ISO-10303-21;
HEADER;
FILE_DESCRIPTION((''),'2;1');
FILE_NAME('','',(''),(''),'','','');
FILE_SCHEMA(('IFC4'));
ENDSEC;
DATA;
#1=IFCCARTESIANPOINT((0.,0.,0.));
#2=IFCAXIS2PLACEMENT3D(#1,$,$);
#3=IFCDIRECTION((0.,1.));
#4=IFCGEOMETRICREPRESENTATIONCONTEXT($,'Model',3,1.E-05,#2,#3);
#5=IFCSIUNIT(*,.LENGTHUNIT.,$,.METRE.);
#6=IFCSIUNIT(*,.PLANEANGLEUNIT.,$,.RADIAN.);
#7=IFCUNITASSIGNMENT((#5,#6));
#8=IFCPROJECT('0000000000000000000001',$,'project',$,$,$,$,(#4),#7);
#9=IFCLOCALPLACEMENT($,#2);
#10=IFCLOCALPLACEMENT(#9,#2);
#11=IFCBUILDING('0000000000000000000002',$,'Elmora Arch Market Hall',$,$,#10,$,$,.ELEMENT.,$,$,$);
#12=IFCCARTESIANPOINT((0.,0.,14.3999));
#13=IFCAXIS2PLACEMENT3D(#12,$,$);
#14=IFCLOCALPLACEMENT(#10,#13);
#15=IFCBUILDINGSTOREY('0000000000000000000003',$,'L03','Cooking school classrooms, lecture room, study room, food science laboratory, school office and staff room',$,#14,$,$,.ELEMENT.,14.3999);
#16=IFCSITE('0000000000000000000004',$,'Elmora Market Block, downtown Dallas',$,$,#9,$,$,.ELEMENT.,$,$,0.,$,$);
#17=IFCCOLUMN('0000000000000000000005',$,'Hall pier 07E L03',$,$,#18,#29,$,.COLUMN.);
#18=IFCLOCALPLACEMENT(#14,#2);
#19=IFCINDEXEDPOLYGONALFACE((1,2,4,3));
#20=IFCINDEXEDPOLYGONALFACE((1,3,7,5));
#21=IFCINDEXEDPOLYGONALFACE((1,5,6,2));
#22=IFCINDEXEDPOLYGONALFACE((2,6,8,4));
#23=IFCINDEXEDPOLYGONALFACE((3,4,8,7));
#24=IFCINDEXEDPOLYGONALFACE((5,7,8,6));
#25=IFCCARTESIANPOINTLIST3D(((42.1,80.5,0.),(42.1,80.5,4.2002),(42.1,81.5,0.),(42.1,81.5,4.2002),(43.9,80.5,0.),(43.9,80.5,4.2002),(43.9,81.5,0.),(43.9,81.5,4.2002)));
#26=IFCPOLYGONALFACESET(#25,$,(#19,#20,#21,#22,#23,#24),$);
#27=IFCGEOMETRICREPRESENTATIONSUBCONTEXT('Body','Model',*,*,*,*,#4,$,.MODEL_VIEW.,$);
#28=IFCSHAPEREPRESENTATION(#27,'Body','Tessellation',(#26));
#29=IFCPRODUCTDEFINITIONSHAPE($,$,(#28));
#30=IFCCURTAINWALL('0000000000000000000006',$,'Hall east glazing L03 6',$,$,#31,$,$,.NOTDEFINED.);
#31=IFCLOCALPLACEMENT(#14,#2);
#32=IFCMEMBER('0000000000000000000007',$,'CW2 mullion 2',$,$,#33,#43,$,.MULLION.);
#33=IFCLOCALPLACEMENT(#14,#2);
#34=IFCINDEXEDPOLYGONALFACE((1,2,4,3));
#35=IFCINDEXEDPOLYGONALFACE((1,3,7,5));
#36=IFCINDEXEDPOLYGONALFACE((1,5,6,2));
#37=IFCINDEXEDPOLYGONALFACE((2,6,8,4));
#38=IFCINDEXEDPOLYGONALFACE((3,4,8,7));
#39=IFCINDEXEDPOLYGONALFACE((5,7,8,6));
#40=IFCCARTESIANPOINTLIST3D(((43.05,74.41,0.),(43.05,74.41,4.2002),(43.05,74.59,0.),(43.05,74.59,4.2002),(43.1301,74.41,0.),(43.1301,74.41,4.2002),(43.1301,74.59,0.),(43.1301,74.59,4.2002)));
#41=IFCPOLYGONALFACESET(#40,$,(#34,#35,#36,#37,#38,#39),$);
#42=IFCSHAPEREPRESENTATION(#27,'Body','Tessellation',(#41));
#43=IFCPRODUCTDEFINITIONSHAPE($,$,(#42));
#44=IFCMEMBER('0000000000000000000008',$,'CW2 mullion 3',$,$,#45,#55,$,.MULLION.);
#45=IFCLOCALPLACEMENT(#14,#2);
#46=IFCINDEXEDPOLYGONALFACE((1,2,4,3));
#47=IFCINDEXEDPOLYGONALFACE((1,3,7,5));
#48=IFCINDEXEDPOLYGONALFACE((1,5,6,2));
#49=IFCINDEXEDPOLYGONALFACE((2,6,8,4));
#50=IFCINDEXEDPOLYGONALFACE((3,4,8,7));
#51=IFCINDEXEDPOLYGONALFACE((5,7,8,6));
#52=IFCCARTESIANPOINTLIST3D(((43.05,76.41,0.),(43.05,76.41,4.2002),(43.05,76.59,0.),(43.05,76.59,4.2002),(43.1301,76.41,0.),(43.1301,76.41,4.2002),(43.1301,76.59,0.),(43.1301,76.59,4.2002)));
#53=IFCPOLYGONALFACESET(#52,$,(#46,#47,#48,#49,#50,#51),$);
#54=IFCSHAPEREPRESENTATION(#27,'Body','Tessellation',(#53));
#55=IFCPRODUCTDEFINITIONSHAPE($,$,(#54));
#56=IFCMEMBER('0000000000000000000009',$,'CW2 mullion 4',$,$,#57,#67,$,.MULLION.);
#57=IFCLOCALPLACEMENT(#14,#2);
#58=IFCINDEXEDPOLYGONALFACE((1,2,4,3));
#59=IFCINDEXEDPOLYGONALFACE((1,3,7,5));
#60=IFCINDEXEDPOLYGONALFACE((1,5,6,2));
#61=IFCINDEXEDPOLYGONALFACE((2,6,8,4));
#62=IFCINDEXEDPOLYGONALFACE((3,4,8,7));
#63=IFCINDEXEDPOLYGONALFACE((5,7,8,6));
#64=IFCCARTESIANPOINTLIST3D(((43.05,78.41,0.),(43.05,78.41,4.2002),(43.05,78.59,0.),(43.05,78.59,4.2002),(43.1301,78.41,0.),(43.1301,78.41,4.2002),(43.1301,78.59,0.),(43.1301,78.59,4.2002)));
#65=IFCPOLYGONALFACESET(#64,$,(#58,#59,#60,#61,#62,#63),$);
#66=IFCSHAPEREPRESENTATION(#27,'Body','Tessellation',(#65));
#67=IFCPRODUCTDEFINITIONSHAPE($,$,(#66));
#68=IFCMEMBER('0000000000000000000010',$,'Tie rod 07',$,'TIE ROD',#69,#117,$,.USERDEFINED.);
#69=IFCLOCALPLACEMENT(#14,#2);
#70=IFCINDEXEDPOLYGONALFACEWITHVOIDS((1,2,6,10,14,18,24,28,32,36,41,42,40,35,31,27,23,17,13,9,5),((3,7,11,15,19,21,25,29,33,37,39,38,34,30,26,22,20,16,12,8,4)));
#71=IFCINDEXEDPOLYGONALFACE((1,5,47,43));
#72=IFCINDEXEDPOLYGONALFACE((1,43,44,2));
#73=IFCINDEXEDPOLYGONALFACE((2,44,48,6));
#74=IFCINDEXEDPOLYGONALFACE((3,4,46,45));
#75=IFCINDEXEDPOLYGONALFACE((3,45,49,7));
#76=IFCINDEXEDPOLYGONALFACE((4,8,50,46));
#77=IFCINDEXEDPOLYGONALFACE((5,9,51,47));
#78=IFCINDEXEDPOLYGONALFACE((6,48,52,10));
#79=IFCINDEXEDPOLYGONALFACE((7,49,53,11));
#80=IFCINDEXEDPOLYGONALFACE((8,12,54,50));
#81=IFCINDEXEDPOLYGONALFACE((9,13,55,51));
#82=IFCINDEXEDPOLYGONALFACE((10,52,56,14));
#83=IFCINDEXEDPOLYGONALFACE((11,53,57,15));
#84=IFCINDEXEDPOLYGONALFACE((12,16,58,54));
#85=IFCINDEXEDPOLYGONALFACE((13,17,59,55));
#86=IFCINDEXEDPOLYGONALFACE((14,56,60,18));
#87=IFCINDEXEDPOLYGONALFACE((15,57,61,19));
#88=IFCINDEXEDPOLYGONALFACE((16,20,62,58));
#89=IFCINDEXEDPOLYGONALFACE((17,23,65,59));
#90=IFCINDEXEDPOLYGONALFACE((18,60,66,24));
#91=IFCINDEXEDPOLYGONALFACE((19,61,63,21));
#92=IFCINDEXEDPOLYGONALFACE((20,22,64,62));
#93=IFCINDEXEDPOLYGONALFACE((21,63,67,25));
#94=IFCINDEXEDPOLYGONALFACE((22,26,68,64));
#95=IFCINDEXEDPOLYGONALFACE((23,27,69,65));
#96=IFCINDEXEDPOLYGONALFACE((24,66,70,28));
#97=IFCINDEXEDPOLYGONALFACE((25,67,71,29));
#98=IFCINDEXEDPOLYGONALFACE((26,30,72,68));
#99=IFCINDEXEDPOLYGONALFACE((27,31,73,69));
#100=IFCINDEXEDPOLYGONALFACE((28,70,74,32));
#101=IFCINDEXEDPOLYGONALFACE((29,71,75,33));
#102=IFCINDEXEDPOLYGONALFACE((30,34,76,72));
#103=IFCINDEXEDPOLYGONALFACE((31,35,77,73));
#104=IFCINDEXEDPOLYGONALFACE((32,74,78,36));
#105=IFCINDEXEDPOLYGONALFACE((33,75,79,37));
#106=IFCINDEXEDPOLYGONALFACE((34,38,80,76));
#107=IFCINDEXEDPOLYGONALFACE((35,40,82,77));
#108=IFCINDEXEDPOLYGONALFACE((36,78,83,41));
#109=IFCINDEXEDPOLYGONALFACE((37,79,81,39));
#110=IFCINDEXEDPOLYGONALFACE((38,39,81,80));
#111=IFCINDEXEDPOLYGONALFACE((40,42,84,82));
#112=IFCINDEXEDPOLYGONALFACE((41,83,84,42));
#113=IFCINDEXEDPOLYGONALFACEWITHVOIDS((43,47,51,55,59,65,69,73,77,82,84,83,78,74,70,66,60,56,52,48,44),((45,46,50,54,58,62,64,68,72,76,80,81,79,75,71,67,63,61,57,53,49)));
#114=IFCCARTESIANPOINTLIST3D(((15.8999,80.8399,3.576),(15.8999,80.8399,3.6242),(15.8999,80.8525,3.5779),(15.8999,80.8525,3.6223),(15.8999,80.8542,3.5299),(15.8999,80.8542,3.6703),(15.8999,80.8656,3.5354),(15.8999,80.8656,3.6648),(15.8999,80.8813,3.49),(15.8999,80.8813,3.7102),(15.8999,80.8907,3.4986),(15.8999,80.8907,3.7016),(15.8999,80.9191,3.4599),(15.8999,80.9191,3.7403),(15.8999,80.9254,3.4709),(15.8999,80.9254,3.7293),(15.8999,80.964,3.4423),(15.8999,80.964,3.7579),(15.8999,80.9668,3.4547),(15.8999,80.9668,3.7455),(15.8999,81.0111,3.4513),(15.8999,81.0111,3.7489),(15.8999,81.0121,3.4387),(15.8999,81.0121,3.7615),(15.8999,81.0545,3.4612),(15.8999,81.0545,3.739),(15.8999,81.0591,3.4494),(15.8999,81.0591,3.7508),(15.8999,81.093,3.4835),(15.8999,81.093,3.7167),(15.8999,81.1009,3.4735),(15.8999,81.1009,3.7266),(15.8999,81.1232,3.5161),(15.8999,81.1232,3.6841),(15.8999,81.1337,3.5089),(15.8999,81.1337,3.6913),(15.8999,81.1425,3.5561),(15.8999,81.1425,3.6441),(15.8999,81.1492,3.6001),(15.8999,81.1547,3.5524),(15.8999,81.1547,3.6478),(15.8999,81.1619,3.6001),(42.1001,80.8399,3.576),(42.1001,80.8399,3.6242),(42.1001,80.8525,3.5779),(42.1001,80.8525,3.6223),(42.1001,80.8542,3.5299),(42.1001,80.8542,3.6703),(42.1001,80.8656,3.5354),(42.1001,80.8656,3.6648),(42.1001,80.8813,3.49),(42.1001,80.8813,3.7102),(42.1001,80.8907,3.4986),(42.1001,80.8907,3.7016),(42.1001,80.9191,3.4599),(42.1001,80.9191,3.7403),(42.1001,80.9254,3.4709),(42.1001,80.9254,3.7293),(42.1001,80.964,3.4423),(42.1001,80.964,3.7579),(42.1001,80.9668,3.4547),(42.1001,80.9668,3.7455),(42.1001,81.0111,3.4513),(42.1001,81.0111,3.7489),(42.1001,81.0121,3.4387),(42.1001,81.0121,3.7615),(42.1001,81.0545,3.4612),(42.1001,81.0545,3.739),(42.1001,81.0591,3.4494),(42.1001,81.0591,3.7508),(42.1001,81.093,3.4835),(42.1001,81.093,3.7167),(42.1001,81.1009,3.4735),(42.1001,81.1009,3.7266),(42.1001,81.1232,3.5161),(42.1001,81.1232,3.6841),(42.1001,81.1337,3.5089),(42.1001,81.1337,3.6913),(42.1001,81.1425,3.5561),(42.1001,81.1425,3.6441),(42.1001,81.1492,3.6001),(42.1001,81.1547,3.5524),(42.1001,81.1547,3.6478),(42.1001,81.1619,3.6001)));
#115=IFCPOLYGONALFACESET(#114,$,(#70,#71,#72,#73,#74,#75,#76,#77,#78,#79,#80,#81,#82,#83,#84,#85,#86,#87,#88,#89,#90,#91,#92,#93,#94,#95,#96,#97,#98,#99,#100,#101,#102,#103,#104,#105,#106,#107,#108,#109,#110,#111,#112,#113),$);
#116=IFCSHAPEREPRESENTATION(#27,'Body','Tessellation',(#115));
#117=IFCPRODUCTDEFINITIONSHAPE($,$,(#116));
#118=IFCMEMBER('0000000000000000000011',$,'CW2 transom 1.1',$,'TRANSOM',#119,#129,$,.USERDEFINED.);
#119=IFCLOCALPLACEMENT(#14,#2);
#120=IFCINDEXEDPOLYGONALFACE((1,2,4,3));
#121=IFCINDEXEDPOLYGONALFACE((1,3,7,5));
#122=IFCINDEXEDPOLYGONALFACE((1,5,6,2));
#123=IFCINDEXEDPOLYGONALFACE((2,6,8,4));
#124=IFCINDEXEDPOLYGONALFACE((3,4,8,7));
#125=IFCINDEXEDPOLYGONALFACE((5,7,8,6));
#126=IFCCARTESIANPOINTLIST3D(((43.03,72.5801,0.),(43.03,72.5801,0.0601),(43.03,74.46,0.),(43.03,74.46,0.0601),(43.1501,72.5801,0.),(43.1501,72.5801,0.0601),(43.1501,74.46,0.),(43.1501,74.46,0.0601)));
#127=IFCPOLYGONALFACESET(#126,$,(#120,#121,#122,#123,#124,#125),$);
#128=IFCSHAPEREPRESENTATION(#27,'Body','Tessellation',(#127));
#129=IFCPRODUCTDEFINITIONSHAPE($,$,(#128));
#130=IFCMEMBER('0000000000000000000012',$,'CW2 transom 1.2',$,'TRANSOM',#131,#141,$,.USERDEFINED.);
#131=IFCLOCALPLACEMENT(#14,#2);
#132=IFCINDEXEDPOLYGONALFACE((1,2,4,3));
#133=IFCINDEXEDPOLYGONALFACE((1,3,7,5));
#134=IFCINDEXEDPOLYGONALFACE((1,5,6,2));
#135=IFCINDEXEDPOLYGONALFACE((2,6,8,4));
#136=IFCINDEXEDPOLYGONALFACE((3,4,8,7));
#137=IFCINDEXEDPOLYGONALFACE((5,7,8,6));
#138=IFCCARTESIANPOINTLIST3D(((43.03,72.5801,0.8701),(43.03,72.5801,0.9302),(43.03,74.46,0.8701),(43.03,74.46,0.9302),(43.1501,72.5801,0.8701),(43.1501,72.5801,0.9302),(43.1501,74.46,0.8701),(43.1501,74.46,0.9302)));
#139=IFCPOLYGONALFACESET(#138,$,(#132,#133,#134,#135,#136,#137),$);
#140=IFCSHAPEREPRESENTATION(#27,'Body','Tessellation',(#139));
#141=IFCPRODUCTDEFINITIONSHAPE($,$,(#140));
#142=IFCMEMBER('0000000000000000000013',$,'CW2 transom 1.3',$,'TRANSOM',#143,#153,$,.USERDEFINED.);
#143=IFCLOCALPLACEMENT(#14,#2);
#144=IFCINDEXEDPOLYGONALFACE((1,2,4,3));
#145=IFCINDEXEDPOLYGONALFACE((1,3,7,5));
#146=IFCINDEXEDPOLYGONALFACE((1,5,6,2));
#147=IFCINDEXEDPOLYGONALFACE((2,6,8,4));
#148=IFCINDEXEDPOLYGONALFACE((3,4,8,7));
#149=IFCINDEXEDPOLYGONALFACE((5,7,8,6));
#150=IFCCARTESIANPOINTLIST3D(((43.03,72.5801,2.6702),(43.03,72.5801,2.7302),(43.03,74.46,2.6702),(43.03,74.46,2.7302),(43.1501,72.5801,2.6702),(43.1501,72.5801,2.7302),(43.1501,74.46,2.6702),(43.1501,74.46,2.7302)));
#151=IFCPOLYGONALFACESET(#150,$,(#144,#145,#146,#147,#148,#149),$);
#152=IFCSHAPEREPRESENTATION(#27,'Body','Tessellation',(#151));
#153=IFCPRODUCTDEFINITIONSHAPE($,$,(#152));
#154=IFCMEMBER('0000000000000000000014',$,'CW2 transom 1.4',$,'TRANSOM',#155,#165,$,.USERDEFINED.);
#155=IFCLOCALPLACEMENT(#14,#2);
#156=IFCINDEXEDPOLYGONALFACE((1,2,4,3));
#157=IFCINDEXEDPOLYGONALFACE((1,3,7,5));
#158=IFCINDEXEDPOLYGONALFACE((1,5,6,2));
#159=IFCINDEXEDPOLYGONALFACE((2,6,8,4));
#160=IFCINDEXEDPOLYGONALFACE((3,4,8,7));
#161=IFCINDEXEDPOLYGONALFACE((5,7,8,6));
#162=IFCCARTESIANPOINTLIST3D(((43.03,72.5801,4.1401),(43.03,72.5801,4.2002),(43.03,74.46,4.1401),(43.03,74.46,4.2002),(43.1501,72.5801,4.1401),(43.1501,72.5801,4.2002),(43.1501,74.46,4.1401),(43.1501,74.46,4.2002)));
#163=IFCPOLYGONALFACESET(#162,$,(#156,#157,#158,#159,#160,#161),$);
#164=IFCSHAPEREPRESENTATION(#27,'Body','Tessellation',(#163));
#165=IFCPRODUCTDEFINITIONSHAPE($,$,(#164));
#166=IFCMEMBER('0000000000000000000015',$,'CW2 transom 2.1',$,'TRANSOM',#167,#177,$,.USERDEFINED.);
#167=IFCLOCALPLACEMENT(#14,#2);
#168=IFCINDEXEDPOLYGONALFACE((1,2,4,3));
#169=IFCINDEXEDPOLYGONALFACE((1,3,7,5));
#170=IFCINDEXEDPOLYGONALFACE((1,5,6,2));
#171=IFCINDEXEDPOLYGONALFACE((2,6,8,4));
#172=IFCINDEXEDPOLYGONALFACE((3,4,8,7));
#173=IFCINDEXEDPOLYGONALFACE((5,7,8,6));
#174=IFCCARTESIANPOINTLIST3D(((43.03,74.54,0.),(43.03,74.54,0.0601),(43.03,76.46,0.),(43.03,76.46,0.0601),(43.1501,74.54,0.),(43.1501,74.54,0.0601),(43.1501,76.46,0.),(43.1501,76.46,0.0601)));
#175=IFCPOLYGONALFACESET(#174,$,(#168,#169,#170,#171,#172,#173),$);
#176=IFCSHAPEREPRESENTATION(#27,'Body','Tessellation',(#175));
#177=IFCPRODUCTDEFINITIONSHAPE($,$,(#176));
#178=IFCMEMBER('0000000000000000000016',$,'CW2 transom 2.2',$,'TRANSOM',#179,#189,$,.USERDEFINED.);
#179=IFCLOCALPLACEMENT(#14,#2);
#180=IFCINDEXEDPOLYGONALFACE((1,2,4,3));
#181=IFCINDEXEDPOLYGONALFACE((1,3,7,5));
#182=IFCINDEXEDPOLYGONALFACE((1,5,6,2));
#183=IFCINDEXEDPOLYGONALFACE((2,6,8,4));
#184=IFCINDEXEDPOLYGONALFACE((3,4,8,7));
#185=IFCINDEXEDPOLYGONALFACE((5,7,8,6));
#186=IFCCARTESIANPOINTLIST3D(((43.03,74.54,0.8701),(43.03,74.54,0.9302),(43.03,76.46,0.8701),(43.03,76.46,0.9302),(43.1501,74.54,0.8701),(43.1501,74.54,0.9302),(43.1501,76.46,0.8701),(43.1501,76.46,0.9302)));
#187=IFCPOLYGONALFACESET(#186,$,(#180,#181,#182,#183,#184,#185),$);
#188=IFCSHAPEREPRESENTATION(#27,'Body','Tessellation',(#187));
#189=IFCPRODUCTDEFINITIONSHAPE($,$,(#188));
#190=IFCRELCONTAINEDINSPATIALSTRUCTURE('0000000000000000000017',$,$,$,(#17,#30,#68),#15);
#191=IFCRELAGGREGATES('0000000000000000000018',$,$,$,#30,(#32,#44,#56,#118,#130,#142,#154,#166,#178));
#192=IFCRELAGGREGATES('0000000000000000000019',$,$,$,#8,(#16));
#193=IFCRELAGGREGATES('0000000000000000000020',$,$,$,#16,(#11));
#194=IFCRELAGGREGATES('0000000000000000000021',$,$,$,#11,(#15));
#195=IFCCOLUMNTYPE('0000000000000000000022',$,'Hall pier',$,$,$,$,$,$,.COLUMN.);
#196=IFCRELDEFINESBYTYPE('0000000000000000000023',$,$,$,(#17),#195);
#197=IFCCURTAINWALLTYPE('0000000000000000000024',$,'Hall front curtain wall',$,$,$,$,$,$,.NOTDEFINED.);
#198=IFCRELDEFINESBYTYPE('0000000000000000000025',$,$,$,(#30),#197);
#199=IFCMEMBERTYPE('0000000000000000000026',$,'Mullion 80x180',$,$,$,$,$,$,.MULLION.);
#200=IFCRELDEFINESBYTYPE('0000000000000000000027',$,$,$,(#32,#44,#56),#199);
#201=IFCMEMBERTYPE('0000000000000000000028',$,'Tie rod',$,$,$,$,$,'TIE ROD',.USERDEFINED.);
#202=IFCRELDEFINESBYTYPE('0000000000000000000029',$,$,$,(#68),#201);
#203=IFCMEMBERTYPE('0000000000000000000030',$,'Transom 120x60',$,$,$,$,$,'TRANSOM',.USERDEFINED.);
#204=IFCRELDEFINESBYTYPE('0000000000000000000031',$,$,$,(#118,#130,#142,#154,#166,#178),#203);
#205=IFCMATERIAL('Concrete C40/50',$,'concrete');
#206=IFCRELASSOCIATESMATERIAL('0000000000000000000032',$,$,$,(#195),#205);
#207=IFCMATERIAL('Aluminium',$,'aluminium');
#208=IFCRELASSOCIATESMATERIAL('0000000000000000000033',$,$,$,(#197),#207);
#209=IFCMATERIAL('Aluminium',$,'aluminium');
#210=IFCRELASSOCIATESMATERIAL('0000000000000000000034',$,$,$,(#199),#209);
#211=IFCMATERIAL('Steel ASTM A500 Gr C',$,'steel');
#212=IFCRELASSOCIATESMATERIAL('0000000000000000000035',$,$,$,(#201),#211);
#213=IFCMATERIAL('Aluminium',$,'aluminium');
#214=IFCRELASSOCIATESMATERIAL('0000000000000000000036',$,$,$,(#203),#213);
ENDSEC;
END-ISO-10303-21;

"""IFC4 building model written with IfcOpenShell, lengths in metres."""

from ifc_helpers import new_model, si_unit, direction, frame, origin, origin_2d, place, context, subcontext, project, spatial, rectangle, hollow_circle, extrude, material, material_profile, profile_set, type_object, element, aggregate, save


model = new_model("IFC4")

# Units and contexts
model_context = context("Model", 3, precision=1e-05, world=origin(), true_north=direction((0.0, 1.0)))
body_context = subcontext(model_context, "Body", "Model", "MODEL_VIEW")
ifc_project = project(units=[si_unit("LENGTHUNIT", "METRE"), si_unit("PLANEANGLEUNIT", "RADIAN")], contexts=[model_context])

# Site, building, storey
site_placement = place(None, origin())
site = spatial("IfcSite", under=ifc_project, at=site_placement, Name="Elmora Market Block, downtown Dallas", CompositionType="ELEMENT", RefElevation=0.0)
building_placement = place(site_placement, origin())
building = spatial("IfcBuilding", under=site, at=building_placement, Name="Elmora Arch Market Hall", CompositionType="ELEMENT")
storey_placement = place(building_placement, frame((0.0, 0.0, 14.3999)))
storey = spatial("IfcBuildingStorey", under=building, at=storey_placement, Name="L03", Description="Cooking school classrooms, lecture room, study room, food science laboratory, school office and staff room", CompositionType="ELEMENT", Elevation=14.3999)

# Column
ifc_material_1 = material(Name="Concrete C40/50", Category="concrete")
ifc_material_profile_1 = material_profile(ifc_material_1, rectangle(XDim=1.8, YDim=1.0, at=origin_2d()), Name="Hall pier")
ifc_profile_set_1 = profile_set([ifc_material_profile_1], Name="Concrete C40/50")
column_type = type_object("IfcColumnType", Name="Hall pier", PredefinedType="COLUMN", material=ifc_profile_set_1)
column_placement = place(storey_placement, frame((43.0, 81.0, 0.0), z_axis=(0.0, 0.0, 1.0), x_axis=(1.0, 0.0, 0.0)))
element("IfcColumn", 1, at=column_placement, inside=storey, type_object=column_type, Name="Hall pier 07E L03", PredefinedType="COLUMN", context=body_context, shape_type="SweptSolid", body=[
    extrude(rectangle(XDim=1.8, YDim=1.0, at=origin_2d()), origin(), (0.0, 0.0, 1.0), 4.2002),
])

# Curtain wall, members
ifc_material_2 = material(Name="Aluminium", Category="aluminium")
curtain_wall_type = type_object("IfcCurtainWallType", Name="Hall front curtain wall", PredefinedType="NOTDEFINED", material=ifc_material_2)
curtain_wall_placement = place(storey_placement, origin())
curtain_wall = element("IfcCurtainWall", 2, at=curtain_wall_placement, inside=storey, type_object=curtain_wall_type, Name="Hall east glazing L03 6", PredefinedType="NOTDEFINED")
ifc_material_3 = material(Name="Aluminium", Category="aluminium")
ifc_material_profile_2 = material_profile(ifc_material_3, rectangle(XDim=0.0801, YDim=0.1799, at=origin_2d()), Name="AL 80x180")
ifc_profile_set_2 = profile_set([ifc_material_profile_2], Name="Aluminium")
member_type_1 = type_object("IfcMemberType", Name="Mullion 80x180", PredefinedType="MULLION", material=ifc_profile_set_2)
member_1_placement = place(storey_placement, frame((43.0901, 74.5, 0.0), z_axis=(0.0, 0.0, 1.0), x_axis=(-1.0, 0.0, 0.0)))
member_1 = element("IfcMember", 3, at=member_1_placement, type_object=member_type_1, Name="CW2 mullion 2", PredefinedType="MULLION", context=body_context, shape_type="SweptSolid", body=[
    extrude(rectangle(XDim=0.0801, YDim=0.1799, at=origin_2d()), origin(), (0.0, 0.0, 1.0), 4.2002),
])
member_2_placement = place(storey_placement, frame((43.0901, 76.5, 0.0), z_axis=(0.0, 0.0, 1.0), x_axis=(-1.0, 0.0, 0.0)))
member_2 = element("IfcMember", 4, at=member_2_placement, type_object=member_type_1, Name="CW2 mullion 3", PredefinedType="MULLION", context=body_context, shape_type="SweptSolid", body=[
    extrude(rectangle(XDim=0.0801, YDim=0.1799, at=origin_2d()), origin(), (0.0, 0.0, 1.0), 4.2002),
])
member_3_placement = place(storey_placement, frame((43.0901, 78.5, 0.0), z_axis=(0.0, 0.0, 1.0), x_axis=(-1.0, 0.0, 0.0)))
member_3 = element("IfcMember", 5, at=member_3_placement, type_object=member_type_1, Name="CW2 mullion 4", PredefinedType="MULLION", context=body_context, shape_type="SweptSolid", body=[
    extrude(rectangle(XDim=0.0801, YDim=0.1799, at=origin_2d()), origin(), (0.0, 0.0, 1.0), 4.2002),
])

# Members
ifc_material_4 = material(Name="Steel ASTM A500 Gr C", Category="steel")
ifc_material_profile_3 = material_profile(ifc_material_4, hollow_circle(Radius=0.1619, WallThickness=0.0127, at=origin_2d()), Name="Tie rod")
ifc_profile_set_3 = profile_set([ifc_material_profile_3], Name="Steel ASTM A500 Gr C")
member_type_2 = type_object("IfcMemberType", Name="Tie rod", ElementType="TIE ROD", PredefinedType="USERDEFINED", material=ifc_profile_set_3)
member_4_placement = place(storey_placement, frame((15.8999, 81.0, 3.6001), z_axis=(1.0, 0.0, 0.0), x_axis=(0.0, 1.0, 0.0)))
element("IfcMember", 6, at=member_4_placement, inside=storey, type_object=member_type_2, Name="Tie rod 07", ObjectType="TIE ROD", PredefinedType="USERDEFINED", context=body_context, shape_type="SweptSolid", body=[
    extrude(hollow_circle(Radius=0.1619, WallThickness=0.0127, at=origin_2d()), origin(), (0.0, 0.0, 1.0), 26.2002),
])
ifc_material_5 = material(Name="Aluminium", Category="aluminium")
ifc_material_profile_4 = material_profile(ifc_material_5, rectangle(XDim=0.1201, YDim=0.0601, at=origin_2d()), Name="AL 120x60")
ifc_profile_set_4 = profile_set([ifc_material_profile_4], Name="Aluminium")
member_type_3 = type_object("IfcMemberType", Name="Transom 120x60", ElementType="TRANSOM", PredefinedType="USERDEFINED", material=ifc_profile_set_4)
member_5_placement = place(storey_placement, frame((43.0901, 72.5801, 0.03), z_axis=(0.0, 1.0, 0.0), x_axis=(-1.0, 0.0, 0.0)))
member_5 = element("IfcMember", 7, at=member_5_placement, type_object=member_type_3, Name="CW2 transom 1.1", ObjectType="TRANSOM", PredefinedType="USERDEFINED", context=body_context, shape_type="SweptSolid", body=[
    extrude(rectangle(XDim=0.1201, YDim=0.0601, at=origin_2d()), origin(), (0.0, 0.0, 1.0), 1.8799),
])
member_6_placement = place(storey_placement, frame((43.0901, 72.5801, 0.9001), z_axis=(0.0, 1.0, 0.0), x_axis=(-1.0, 0.0, 0.0)))
member_6 = element("IfcMember", 8, at=member_6_placement, type_object=member_type_3, Name="CW2 transom 1.2", ObjectType="TRANSOM", PredefinedType="USERDEFINED", context=body_context, shape_type="SweptSolid", body=[
    extrude(rectangle(XDim=0.1201, YDim=0.0601, at=origin_2d()), origin(), (0.0, 0.0, 1.0), 1.8799),
])
member_7_placement = place(storey_placement, frame((43.0901, 72.5801, 2.7002), z_axis=(0.0, 1.0, 0.0), x_axis=(-1.0, 0.0, 0.0)))
member_7 = element("IfcMember", 9, at=member_7_placement, type_object=member_type_3, Name="CW2 transom 1.3", ObjectType="TRANSOM", PredefinedType="USERDEFINED", context=body_context, shape_type="SweptSolid", body=[
    extrude(rectangle(XDim=0.1201, YDim=0.0601, at=origin_2d()), origin(), (0.0, 0.0, 1.0), 1.8799),
])
member_8_placement = place(storey_placement, frame((43.0901, 72.5801, 4.1702), z_axis=(0.0, 1.0, 0.0), x_axis=(-1.0, 0.0, 0.0)))
member_8 = element("IfcMember", 10, at=member_8_placement, type_object=member_type_3, Name="CW2 transom 1.4", ObjectType="TRANSOM", PredefinedType="USERDEFINED", context=body_context, shape_type="SweptSolid", body=[
    extrude(rectangle(XDim=0.1201, YDim=0.0601, at=origin_2d()), origin(), (0.0, 0.0, 1.0), 1.8799),
])
member_9_placement = place(storey_placement, frame((43.0901, 74.54, 0.03), z_axis=(0.0, 1.0, 0.0), x_axis=(-1.0, 0.0, 0.0)))
member_9 = element("IfcMember", 11, at=member_9_placement, type_object=member_type_3, Name="CW2 transom 2.1", ObjectType="TRANSOM", PredefinedType="USERDEFINED", context=body_context, shape_type="SweptSolid", body=[
    extrude(rectangle(XDim=0.1201, YDim=0.0601, at=origin_2d()), origin(), (0.0, 0.0, 1.0), 1.9199),
])
member_10_placement = place(storey_placement, frame((43.0901, 74.54, 0.9001), z_axis=(0.0, 1.0, 0.0), x_axis=(-1.0, 0.0, 0.0)))
member_10 = element("IfcMember", 12, at=member_10_placement, type_object=member_type_3, Name="CW2 transom 2.2", ObjectType="TRANSOM", PredefinedType="USERDEFINED", context=body_context, shape_type="SweptSolid", body=[
    extrude(rectangle(XDim=0.1201, YDim=0.0601, at=origin_2d()), origin(), (0.0, 0.0, 1.0), 1.9199),
])

aggregate(curtain_wall, [member_1, member_2, member_3, member_5, member_6, member_7, member_8, member_9, member_10])

save(model, "model.ifc")
